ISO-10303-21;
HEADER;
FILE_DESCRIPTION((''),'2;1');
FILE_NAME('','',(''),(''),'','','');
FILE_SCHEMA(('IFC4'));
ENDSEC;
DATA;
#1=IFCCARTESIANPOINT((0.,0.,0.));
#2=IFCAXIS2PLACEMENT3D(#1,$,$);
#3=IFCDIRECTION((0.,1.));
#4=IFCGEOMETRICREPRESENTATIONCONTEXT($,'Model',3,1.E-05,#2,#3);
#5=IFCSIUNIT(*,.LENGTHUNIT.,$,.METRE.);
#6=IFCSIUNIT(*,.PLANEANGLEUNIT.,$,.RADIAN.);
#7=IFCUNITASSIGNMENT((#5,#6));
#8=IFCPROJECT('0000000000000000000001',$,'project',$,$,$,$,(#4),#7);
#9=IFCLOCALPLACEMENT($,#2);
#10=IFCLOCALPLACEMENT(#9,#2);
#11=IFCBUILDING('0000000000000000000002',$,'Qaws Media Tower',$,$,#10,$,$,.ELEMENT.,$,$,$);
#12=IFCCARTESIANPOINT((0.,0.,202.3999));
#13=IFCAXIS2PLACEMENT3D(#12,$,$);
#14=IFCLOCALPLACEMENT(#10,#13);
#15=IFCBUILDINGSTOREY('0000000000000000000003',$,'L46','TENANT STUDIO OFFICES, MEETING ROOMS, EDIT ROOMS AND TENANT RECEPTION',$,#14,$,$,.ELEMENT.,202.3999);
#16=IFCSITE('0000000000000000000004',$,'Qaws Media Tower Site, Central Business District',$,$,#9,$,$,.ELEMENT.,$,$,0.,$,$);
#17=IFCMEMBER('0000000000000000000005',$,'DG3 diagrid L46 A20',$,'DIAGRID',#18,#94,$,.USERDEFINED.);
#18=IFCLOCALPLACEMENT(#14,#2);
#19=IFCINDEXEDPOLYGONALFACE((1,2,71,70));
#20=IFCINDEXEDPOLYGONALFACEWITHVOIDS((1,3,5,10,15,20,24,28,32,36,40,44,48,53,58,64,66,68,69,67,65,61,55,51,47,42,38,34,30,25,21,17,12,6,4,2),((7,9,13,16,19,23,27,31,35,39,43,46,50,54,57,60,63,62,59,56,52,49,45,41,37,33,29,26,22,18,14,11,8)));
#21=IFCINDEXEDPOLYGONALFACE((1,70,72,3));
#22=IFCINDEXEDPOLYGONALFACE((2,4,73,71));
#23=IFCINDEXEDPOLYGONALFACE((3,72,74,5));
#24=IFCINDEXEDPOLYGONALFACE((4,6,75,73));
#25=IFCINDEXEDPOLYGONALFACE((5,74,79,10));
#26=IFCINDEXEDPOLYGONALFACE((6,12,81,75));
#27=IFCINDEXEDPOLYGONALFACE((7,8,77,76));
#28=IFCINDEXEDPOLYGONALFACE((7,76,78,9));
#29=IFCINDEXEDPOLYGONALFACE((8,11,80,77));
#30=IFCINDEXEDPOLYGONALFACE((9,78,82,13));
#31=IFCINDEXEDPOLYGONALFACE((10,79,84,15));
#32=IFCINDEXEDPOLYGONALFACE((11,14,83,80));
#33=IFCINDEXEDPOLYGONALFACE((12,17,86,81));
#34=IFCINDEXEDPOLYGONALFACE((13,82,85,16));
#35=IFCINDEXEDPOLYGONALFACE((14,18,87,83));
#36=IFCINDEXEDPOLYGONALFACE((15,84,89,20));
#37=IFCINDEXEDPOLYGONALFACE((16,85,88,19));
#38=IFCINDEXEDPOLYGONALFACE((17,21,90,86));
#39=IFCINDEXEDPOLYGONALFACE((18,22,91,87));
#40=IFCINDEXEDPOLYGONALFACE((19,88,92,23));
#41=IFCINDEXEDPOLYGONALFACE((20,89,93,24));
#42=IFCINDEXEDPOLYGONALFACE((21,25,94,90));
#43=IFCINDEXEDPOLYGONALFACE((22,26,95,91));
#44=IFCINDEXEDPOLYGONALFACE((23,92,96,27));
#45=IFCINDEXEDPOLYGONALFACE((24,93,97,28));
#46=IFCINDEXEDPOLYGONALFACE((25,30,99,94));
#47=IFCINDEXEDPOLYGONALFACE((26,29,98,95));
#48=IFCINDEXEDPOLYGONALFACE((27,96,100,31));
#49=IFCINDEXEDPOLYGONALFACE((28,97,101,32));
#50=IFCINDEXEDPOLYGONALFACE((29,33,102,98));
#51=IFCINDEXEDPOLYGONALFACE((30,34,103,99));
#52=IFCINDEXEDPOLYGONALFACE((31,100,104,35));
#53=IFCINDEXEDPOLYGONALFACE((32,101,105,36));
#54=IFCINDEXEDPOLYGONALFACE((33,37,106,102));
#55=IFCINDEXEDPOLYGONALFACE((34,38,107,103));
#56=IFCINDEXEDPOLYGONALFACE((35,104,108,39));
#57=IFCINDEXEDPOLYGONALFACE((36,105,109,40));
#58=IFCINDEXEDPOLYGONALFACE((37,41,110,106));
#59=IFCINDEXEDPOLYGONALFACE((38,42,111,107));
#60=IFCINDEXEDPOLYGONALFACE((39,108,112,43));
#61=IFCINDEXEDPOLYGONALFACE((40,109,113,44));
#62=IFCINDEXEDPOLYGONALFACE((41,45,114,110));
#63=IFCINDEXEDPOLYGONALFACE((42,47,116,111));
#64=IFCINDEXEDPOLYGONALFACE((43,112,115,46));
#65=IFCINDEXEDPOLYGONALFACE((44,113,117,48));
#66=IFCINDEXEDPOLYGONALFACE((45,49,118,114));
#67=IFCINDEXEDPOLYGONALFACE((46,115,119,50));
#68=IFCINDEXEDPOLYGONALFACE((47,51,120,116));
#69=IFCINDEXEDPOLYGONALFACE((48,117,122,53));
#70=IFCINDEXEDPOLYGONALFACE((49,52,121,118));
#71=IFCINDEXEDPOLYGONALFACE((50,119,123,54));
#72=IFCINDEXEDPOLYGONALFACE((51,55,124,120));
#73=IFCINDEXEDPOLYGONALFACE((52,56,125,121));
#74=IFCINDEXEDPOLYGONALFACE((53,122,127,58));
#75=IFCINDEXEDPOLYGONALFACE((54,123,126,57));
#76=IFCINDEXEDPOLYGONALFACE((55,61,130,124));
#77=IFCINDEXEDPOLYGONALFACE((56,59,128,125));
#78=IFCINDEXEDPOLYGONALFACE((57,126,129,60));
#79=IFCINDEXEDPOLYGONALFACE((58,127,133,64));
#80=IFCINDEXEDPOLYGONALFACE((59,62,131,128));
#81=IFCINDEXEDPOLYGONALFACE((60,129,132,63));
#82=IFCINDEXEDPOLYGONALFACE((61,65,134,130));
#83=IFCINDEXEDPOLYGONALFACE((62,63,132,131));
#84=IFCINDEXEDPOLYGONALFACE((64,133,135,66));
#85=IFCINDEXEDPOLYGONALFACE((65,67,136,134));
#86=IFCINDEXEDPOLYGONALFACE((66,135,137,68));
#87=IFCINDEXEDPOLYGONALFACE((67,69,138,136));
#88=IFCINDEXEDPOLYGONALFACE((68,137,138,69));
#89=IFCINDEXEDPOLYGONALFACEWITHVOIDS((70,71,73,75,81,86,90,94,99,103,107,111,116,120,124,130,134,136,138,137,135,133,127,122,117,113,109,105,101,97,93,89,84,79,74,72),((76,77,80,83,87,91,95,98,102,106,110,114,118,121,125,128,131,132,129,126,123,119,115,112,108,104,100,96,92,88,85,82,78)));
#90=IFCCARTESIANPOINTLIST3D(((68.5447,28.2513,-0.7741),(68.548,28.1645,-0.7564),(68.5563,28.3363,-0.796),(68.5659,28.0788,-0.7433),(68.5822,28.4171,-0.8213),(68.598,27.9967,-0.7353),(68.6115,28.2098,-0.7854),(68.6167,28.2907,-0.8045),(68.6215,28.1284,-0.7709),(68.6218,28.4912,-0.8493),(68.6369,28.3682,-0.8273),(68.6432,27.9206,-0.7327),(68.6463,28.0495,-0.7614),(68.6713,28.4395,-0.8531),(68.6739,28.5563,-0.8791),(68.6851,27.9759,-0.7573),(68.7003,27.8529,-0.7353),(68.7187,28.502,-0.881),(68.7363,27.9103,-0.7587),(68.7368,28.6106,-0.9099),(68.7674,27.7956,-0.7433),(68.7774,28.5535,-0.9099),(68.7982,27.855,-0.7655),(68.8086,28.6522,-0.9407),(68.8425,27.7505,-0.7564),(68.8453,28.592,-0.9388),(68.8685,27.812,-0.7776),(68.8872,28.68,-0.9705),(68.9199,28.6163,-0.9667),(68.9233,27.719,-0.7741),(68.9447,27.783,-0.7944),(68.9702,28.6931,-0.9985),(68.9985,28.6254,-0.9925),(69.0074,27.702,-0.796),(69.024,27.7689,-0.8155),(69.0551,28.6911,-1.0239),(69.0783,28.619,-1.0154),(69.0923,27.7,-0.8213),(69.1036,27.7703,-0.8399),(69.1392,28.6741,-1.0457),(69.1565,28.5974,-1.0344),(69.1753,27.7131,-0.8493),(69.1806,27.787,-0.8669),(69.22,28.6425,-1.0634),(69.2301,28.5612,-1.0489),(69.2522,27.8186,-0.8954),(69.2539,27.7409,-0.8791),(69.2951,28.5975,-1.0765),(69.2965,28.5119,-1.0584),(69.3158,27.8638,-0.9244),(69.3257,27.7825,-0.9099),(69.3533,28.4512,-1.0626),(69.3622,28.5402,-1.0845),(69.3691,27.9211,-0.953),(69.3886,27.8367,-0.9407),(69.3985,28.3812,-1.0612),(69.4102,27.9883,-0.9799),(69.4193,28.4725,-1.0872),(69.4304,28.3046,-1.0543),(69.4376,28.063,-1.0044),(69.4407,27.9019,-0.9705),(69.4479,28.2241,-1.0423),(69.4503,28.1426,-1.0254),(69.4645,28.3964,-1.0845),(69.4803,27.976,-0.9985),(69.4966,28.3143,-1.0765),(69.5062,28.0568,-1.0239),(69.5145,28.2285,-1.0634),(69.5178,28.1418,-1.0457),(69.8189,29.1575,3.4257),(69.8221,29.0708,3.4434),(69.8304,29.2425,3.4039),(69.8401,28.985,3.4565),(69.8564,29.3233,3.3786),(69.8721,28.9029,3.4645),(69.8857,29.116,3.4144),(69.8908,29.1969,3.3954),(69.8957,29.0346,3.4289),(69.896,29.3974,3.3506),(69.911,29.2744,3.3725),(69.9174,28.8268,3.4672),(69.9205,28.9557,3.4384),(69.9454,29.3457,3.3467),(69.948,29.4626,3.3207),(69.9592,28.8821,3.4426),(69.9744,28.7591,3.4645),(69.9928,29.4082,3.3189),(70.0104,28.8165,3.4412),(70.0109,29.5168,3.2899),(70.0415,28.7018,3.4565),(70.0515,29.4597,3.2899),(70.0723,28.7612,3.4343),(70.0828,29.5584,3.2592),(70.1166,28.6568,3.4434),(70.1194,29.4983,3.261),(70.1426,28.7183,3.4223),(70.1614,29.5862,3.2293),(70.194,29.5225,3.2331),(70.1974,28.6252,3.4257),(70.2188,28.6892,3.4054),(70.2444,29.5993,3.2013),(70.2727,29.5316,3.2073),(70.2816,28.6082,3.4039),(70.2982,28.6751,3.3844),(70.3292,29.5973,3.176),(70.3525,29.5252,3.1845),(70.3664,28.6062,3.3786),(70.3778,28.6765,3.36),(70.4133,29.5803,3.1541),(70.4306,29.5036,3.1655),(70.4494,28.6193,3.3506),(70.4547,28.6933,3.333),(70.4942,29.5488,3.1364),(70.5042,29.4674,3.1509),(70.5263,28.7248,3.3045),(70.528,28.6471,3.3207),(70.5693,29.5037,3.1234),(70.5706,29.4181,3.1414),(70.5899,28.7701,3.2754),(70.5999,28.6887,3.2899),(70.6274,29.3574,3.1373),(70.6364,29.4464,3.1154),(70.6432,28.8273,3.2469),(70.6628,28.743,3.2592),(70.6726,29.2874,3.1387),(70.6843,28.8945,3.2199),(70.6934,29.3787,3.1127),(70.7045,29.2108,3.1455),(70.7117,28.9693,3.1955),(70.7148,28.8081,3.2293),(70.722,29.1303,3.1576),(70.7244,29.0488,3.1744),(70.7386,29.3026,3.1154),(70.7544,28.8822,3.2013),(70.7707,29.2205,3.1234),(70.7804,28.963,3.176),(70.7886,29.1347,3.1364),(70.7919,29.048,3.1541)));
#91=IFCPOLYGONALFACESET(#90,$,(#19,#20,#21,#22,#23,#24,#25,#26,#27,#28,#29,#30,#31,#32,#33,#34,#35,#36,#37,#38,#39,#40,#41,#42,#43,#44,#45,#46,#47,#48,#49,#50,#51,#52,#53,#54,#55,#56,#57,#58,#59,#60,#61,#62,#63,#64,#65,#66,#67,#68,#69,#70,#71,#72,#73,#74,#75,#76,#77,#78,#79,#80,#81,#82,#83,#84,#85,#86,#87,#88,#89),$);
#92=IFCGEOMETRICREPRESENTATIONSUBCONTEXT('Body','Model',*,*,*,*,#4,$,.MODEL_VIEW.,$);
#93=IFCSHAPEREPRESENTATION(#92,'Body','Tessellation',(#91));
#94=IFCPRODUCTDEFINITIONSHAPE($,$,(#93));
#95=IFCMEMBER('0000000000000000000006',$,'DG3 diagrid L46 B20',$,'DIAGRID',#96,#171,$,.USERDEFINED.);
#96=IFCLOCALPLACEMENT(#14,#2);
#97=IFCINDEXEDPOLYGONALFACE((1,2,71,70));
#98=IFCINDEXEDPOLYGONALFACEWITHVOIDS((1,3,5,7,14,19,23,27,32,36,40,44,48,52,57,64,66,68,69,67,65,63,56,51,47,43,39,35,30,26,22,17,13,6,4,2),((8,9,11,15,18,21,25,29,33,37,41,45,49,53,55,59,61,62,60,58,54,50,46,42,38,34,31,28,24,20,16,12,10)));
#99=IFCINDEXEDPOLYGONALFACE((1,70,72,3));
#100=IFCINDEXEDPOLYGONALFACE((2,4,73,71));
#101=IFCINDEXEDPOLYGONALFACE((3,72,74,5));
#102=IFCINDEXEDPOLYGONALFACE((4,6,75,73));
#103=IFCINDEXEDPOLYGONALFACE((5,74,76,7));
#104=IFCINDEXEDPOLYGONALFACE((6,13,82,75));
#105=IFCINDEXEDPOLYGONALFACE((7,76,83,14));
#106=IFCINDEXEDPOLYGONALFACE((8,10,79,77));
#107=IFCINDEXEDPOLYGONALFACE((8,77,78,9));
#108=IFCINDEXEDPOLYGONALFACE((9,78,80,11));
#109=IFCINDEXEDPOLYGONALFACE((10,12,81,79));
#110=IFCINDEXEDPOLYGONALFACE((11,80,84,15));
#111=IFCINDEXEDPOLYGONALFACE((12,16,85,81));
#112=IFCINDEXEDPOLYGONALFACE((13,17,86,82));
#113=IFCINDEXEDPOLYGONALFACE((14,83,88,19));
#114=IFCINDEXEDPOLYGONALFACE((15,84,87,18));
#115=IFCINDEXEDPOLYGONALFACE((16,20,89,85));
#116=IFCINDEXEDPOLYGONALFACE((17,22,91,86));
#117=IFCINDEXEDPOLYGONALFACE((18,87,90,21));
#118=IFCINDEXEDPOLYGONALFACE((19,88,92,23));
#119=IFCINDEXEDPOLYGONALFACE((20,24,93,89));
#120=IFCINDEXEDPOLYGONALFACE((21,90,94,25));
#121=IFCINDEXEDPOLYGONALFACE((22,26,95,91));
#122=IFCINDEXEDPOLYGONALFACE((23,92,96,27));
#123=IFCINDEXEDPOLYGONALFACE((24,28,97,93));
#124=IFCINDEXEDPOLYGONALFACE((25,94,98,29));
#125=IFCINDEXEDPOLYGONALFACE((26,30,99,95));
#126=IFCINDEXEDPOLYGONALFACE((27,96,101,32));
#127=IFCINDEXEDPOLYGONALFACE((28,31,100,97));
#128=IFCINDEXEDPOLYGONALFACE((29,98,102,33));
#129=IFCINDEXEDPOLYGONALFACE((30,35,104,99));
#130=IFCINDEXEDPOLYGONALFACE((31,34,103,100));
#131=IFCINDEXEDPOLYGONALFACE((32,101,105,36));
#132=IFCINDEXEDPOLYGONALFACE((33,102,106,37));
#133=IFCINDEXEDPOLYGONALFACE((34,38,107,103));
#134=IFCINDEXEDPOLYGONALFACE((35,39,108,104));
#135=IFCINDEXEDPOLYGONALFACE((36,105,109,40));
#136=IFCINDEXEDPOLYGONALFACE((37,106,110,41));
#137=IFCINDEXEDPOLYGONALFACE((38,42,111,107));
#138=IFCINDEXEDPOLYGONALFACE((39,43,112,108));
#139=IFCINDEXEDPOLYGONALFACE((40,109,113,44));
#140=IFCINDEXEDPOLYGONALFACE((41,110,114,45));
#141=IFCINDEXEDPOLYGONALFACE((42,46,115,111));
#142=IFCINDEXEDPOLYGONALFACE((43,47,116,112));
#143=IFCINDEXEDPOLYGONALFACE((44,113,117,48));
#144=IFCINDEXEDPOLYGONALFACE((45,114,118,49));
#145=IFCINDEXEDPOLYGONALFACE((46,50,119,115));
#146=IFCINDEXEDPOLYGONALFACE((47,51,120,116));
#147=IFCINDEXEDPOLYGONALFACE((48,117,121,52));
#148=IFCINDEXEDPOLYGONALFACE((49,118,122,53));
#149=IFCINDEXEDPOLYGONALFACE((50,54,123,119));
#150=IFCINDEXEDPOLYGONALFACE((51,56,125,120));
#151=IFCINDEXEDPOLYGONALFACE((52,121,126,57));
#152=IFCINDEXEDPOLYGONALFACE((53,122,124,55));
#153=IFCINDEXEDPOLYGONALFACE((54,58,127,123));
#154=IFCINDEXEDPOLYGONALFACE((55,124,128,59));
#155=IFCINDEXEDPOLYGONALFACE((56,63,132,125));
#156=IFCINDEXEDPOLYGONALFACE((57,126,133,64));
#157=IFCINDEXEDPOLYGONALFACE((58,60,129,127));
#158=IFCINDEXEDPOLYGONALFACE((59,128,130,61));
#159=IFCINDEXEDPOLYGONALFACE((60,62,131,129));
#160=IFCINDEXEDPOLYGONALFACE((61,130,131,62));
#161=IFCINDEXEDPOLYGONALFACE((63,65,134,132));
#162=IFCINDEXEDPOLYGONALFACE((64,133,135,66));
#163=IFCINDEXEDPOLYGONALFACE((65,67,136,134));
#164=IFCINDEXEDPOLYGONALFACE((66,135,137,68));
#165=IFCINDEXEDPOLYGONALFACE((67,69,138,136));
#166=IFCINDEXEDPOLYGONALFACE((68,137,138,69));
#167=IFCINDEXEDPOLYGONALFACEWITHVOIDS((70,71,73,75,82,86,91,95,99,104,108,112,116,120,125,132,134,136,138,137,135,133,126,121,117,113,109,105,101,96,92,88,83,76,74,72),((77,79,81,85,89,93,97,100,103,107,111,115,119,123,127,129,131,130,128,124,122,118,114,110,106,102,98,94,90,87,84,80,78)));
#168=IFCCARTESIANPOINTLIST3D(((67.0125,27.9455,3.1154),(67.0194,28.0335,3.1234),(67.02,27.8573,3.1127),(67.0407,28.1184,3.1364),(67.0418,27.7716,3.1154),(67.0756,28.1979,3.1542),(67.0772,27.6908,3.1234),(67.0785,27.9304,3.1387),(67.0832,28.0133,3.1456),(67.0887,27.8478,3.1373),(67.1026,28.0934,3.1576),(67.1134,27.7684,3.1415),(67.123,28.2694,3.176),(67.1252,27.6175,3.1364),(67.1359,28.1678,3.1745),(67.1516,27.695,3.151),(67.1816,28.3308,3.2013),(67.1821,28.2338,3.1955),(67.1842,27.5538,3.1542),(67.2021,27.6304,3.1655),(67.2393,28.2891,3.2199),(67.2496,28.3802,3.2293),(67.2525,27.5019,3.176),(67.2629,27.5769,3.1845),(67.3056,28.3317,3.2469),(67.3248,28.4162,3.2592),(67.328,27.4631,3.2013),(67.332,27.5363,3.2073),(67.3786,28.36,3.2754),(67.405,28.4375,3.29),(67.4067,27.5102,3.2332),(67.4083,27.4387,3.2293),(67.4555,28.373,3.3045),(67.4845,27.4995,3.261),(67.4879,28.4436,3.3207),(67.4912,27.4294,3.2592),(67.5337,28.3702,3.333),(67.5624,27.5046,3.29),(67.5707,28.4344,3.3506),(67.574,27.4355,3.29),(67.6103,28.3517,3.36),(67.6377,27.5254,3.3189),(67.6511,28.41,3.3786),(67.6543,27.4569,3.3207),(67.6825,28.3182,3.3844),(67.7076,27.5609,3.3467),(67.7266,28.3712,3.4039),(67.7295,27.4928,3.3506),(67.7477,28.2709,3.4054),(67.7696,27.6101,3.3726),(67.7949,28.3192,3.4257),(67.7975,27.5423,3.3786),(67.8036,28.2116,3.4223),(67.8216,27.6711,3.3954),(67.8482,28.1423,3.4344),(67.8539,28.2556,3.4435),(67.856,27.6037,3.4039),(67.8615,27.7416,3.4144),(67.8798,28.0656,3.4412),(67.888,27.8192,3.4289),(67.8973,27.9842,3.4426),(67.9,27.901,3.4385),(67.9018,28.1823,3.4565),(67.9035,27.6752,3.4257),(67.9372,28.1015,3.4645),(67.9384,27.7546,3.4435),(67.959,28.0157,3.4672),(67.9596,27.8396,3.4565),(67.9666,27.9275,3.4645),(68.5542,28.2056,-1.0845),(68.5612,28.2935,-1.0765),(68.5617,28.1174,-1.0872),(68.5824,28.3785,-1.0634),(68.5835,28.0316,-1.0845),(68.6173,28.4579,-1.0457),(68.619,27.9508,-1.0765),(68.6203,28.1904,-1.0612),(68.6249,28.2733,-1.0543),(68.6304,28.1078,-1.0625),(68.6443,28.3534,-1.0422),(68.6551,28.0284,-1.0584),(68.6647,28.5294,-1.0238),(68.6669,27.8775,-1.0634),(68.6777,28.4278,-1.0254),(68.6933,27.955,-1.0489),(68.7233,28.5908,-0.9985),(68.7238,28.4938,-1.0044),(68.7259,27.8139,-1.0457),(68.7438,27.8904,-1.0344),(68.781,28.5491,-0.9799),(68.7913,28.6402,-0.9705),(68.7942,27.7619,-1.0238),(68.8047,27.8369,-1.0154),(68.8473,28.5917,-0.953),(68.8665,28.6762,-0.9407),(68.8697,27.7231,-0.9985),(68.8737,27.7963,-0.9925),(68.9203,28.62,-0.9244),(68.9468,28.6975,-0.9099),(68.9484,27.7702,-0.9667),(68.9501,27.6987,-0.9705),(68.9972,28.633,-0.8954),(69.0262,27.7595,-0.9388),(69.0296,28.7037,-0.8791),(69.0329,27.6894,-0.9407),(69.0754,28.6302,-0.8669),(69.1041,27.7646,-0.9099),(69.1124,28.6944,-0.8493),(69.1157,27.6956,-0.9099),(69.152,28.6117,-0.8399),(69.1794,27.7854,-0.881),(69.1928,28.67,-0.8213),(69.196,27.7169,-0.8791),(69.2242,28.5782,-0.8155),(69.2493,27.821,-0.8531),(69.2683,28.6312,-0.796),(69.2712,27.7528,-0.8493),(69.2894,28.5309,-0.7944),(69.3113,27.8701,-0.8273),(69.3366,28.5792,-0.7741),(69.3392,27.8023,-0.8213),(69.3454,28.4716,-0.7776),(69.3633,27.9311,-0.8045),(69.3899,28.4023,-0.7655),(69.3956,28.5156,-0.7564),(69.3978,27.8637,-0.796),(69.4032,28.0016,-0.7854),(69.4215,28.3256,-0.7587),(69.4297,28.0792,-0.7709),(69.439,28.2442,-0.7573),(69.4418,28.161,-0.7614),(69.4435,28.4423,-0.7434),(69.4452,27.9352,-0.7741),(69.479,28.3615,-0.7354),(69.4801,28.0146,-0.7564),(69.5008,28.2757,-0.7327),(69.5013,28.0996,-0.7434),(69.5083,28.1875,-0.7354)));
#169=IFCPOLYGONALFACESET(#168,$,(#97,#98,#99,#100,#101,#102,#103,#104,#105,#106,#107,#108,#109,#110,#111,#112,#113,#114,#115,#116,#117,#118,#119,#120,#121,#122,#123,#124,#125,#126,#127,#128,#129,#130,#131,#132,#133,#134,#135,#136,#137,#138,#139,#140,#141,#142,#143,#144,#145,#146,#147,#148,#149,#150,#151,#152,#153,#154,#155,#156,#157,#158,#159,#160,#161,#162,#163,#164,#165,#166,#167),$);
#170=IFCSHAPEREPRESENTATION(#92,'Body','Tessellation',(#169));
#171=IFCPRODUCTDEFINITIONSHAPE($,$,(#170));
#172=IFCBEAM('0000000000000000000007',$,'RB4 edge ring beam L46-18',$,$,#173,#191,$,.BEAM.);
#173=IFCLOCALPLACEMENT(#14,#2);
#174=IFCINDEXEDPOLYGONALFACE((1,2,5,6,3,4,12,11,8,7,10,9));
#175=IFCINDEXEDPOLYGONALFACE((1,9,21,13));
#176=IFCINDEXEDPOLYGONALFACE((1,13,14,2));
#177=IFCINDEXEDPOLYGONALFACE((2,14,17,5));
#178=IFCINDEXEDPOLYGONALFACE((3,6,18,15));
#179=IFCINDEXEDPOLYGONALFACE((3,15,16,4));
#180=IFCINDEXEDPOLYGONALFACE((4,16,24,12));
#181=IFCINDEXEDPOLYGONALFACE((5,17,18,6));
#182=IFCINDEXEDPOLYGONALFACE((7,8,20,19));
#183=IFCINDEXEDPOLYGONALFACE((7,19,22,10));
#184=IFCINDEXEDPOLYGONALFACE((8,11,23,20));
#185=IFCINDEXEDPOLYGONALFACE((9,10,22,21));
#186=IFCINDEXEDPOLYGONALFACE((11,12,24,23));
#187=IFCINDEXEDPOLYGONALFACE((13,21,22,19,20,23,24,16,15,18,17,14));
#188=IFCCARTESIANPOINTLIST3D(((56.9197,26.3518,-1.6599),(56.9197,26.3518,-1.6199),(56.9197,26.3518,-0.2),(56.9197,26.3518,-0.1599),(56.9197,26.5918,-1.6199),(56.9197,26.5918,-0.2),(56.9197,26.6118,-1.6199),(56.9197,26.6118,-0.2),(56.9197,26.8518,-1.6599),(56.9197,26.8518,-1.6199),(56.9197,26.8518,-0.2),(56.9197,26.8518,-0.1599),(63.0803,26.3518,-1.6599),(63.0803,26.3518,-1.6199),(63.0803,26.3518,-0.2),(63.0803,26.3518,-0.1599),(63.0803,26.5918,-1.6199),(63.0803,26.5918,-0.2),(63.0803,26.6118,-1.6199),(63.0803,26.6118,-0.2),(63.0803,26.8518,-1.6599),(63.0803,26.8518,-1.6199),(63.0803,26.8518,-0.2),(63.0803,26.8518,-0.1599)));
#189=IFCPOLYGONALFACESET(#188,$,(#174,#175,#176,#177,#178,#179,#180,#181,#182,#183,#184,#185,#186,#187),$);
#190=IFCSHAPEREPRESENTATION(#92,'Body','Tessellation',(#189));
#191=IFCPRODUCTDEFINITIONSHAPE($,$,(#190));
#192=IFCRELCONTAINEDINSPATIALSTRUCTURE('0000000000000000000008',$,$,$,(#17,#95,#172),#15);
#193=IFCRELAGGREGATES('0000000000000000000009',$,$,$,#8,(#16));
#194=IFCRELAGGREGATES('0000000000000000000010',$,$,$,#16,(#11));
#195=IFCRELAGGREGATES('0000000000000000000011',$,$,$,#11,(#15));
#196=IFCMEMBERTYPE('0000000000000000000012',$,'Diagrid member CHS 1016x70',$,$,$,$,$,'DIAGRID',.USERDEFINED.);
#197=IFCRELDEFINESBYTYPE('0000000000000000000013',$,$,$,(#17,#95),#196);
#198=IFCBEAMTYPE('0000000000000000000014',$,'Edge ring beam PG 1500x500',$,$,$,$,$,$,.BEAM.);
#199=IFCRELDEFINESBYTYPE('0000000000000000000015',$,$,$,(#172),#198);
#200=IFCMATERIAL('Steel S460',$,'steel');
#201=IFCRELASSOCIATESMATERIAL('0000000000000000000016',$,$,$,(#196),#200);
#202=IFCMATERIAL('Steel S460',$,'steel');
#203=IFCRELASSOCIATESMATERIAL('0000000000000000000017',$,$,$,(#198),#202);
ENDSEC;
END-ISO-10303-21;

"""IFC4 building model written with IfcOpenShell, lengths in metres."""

from ifc_helpers import new_model, si_unit, direction, frame, origin, origin_2d, place, context, subcontext, project, spatial, hollow_circle, i_section, extrude, material, material_profile, profile_set, type_object, element, save


model = new_model("IFC4")

# Units and contexts
model_context = context("Model", 3, precision=1e-05, world=origin(), true_north=direction((0.0, 1.0)))
body_context = subcontext(model_context, "Body", "Model", "MODEL_VIEW")
ifc_project = project(units=[si_unit("LENGTHUNIT", "METRE"), si_unit("PLANEANGLEUNIT", "RADIAN")], contexts=[model_context])

# Site, building, storey
site_placement = place(None, origin())
site = spatial("IfcSite", under=ifc_project, at=site_placement, Name="Qaws Media Tower Site, Central Business District", CompositionType="ELEMENT", RefElevation=0.0)
building_placement = place(site_placement, origin())
building = spatial("IfcBuilding", under=site, at=building_placement, Name="Qaws Media Tower", CompositionType="ELEMENT")
storey_placement = place(building_placement, frame((0.0, 0.0, 202.3999)))
storey = spatial("IfcBuildingStorey", under=building, at=storey_placement, Name="L46", Description="TENANT STUDIO OFFICES, MEETING ROOMS, EDIT ROOMS AND TENANT RECEPTION", CompositionType="ELEMENT", Elevation=202.3999)

# Members
ifc_material_1 = material(Name="Steel S460", Category="steel")
ifc_material_profile_1 = material_profile(ifc_material_1, hollow_circle(Radius=0.5081, WallThickness=0.0701, at=origin_2d()), Name="CHS 1016x70")
ifc_profile_set_1 = profile_set([ifc_material_profile_1], Name="Steel S460")
member_type_1 = type_object("IfcMemberType", Name="Diagrid member CHS 1016x70", ElementType="DIAGRID", PredefinedType="USERDEFINED", material=ifc_profile_set_1)
for number, where, z_axis, x_axis, name in (
    (1, (69.0312, 28.1965, -0.9099), (0.284314, 0.202217, 0.937163), (-0.579598, 0.814903, 0.0), "DG3 diagrid L46 A20"),
    (2, (69.0312, 28.1965, -0.9099), (-0.344022, -0.058018, 0.937167), (0.166298, -0.986076, 0.0), "DG3 diagrid L46 B20"),
):
    element("IfcMember", number, at=place(storey_placement, frame(where, z_axis=z_axis, x_axis=x_axis)), inside=storey, type_object=member_type_1, Name=name, ObjectType="DIAGRID", PredefinedType="USERDEFINED", context=body_context, shape_type="SweptSolid", body=[
        extrude(hollow_circle(Radius=0.5081, WallThickness=0.0701, at=origin_2d()), origin(), (0.0, 0.0, 1.0), 4.4814),
    ])

# Beam
ifc_material_2 = material(Name="Steel S460", Category="steel")
ifc_material_profile_2 = material_profile(ifc_material_2, i_section(OverallWidth=0.5, OverallDepth=1.5, WebThickness=0.02, FlangeThickness=0.04, at=origin_2d()), Name="PG 1500x500")
ifc_profile_set_2 = profile_set([ifc_material_profile_2], Name="Steel S460")
beam_type = type_object("IfcBeamType", Name="Edge ring beam PG 1500x500", PredefinedType="BEAM", material=ifc_profile_set_2)
beam_placement = place(storey_placement, frame((56.9197, 26.6018, -0.9099), z_axis=(1.0, 0.0, 0.0), x_axis=(0.0, 1.0, 0.0)))
element("IfcBeam", 3, at=beam_placement, inside=storey, type_object=beam_type, Name="RB4 edge ring beam L46-18", PredefinedType="BEAM", context=body_context, shape_type="SweptSolid", body=[
    extrude(i_section(OverallWidth=0.5, OverallDepth=1.5, WebThickness=0.02, FlangeThickness=0.04, at=origin_2d()), origin(), (0.0, 0.0, 1.0), 6.1606),
])

save(model, "model.ifc")
